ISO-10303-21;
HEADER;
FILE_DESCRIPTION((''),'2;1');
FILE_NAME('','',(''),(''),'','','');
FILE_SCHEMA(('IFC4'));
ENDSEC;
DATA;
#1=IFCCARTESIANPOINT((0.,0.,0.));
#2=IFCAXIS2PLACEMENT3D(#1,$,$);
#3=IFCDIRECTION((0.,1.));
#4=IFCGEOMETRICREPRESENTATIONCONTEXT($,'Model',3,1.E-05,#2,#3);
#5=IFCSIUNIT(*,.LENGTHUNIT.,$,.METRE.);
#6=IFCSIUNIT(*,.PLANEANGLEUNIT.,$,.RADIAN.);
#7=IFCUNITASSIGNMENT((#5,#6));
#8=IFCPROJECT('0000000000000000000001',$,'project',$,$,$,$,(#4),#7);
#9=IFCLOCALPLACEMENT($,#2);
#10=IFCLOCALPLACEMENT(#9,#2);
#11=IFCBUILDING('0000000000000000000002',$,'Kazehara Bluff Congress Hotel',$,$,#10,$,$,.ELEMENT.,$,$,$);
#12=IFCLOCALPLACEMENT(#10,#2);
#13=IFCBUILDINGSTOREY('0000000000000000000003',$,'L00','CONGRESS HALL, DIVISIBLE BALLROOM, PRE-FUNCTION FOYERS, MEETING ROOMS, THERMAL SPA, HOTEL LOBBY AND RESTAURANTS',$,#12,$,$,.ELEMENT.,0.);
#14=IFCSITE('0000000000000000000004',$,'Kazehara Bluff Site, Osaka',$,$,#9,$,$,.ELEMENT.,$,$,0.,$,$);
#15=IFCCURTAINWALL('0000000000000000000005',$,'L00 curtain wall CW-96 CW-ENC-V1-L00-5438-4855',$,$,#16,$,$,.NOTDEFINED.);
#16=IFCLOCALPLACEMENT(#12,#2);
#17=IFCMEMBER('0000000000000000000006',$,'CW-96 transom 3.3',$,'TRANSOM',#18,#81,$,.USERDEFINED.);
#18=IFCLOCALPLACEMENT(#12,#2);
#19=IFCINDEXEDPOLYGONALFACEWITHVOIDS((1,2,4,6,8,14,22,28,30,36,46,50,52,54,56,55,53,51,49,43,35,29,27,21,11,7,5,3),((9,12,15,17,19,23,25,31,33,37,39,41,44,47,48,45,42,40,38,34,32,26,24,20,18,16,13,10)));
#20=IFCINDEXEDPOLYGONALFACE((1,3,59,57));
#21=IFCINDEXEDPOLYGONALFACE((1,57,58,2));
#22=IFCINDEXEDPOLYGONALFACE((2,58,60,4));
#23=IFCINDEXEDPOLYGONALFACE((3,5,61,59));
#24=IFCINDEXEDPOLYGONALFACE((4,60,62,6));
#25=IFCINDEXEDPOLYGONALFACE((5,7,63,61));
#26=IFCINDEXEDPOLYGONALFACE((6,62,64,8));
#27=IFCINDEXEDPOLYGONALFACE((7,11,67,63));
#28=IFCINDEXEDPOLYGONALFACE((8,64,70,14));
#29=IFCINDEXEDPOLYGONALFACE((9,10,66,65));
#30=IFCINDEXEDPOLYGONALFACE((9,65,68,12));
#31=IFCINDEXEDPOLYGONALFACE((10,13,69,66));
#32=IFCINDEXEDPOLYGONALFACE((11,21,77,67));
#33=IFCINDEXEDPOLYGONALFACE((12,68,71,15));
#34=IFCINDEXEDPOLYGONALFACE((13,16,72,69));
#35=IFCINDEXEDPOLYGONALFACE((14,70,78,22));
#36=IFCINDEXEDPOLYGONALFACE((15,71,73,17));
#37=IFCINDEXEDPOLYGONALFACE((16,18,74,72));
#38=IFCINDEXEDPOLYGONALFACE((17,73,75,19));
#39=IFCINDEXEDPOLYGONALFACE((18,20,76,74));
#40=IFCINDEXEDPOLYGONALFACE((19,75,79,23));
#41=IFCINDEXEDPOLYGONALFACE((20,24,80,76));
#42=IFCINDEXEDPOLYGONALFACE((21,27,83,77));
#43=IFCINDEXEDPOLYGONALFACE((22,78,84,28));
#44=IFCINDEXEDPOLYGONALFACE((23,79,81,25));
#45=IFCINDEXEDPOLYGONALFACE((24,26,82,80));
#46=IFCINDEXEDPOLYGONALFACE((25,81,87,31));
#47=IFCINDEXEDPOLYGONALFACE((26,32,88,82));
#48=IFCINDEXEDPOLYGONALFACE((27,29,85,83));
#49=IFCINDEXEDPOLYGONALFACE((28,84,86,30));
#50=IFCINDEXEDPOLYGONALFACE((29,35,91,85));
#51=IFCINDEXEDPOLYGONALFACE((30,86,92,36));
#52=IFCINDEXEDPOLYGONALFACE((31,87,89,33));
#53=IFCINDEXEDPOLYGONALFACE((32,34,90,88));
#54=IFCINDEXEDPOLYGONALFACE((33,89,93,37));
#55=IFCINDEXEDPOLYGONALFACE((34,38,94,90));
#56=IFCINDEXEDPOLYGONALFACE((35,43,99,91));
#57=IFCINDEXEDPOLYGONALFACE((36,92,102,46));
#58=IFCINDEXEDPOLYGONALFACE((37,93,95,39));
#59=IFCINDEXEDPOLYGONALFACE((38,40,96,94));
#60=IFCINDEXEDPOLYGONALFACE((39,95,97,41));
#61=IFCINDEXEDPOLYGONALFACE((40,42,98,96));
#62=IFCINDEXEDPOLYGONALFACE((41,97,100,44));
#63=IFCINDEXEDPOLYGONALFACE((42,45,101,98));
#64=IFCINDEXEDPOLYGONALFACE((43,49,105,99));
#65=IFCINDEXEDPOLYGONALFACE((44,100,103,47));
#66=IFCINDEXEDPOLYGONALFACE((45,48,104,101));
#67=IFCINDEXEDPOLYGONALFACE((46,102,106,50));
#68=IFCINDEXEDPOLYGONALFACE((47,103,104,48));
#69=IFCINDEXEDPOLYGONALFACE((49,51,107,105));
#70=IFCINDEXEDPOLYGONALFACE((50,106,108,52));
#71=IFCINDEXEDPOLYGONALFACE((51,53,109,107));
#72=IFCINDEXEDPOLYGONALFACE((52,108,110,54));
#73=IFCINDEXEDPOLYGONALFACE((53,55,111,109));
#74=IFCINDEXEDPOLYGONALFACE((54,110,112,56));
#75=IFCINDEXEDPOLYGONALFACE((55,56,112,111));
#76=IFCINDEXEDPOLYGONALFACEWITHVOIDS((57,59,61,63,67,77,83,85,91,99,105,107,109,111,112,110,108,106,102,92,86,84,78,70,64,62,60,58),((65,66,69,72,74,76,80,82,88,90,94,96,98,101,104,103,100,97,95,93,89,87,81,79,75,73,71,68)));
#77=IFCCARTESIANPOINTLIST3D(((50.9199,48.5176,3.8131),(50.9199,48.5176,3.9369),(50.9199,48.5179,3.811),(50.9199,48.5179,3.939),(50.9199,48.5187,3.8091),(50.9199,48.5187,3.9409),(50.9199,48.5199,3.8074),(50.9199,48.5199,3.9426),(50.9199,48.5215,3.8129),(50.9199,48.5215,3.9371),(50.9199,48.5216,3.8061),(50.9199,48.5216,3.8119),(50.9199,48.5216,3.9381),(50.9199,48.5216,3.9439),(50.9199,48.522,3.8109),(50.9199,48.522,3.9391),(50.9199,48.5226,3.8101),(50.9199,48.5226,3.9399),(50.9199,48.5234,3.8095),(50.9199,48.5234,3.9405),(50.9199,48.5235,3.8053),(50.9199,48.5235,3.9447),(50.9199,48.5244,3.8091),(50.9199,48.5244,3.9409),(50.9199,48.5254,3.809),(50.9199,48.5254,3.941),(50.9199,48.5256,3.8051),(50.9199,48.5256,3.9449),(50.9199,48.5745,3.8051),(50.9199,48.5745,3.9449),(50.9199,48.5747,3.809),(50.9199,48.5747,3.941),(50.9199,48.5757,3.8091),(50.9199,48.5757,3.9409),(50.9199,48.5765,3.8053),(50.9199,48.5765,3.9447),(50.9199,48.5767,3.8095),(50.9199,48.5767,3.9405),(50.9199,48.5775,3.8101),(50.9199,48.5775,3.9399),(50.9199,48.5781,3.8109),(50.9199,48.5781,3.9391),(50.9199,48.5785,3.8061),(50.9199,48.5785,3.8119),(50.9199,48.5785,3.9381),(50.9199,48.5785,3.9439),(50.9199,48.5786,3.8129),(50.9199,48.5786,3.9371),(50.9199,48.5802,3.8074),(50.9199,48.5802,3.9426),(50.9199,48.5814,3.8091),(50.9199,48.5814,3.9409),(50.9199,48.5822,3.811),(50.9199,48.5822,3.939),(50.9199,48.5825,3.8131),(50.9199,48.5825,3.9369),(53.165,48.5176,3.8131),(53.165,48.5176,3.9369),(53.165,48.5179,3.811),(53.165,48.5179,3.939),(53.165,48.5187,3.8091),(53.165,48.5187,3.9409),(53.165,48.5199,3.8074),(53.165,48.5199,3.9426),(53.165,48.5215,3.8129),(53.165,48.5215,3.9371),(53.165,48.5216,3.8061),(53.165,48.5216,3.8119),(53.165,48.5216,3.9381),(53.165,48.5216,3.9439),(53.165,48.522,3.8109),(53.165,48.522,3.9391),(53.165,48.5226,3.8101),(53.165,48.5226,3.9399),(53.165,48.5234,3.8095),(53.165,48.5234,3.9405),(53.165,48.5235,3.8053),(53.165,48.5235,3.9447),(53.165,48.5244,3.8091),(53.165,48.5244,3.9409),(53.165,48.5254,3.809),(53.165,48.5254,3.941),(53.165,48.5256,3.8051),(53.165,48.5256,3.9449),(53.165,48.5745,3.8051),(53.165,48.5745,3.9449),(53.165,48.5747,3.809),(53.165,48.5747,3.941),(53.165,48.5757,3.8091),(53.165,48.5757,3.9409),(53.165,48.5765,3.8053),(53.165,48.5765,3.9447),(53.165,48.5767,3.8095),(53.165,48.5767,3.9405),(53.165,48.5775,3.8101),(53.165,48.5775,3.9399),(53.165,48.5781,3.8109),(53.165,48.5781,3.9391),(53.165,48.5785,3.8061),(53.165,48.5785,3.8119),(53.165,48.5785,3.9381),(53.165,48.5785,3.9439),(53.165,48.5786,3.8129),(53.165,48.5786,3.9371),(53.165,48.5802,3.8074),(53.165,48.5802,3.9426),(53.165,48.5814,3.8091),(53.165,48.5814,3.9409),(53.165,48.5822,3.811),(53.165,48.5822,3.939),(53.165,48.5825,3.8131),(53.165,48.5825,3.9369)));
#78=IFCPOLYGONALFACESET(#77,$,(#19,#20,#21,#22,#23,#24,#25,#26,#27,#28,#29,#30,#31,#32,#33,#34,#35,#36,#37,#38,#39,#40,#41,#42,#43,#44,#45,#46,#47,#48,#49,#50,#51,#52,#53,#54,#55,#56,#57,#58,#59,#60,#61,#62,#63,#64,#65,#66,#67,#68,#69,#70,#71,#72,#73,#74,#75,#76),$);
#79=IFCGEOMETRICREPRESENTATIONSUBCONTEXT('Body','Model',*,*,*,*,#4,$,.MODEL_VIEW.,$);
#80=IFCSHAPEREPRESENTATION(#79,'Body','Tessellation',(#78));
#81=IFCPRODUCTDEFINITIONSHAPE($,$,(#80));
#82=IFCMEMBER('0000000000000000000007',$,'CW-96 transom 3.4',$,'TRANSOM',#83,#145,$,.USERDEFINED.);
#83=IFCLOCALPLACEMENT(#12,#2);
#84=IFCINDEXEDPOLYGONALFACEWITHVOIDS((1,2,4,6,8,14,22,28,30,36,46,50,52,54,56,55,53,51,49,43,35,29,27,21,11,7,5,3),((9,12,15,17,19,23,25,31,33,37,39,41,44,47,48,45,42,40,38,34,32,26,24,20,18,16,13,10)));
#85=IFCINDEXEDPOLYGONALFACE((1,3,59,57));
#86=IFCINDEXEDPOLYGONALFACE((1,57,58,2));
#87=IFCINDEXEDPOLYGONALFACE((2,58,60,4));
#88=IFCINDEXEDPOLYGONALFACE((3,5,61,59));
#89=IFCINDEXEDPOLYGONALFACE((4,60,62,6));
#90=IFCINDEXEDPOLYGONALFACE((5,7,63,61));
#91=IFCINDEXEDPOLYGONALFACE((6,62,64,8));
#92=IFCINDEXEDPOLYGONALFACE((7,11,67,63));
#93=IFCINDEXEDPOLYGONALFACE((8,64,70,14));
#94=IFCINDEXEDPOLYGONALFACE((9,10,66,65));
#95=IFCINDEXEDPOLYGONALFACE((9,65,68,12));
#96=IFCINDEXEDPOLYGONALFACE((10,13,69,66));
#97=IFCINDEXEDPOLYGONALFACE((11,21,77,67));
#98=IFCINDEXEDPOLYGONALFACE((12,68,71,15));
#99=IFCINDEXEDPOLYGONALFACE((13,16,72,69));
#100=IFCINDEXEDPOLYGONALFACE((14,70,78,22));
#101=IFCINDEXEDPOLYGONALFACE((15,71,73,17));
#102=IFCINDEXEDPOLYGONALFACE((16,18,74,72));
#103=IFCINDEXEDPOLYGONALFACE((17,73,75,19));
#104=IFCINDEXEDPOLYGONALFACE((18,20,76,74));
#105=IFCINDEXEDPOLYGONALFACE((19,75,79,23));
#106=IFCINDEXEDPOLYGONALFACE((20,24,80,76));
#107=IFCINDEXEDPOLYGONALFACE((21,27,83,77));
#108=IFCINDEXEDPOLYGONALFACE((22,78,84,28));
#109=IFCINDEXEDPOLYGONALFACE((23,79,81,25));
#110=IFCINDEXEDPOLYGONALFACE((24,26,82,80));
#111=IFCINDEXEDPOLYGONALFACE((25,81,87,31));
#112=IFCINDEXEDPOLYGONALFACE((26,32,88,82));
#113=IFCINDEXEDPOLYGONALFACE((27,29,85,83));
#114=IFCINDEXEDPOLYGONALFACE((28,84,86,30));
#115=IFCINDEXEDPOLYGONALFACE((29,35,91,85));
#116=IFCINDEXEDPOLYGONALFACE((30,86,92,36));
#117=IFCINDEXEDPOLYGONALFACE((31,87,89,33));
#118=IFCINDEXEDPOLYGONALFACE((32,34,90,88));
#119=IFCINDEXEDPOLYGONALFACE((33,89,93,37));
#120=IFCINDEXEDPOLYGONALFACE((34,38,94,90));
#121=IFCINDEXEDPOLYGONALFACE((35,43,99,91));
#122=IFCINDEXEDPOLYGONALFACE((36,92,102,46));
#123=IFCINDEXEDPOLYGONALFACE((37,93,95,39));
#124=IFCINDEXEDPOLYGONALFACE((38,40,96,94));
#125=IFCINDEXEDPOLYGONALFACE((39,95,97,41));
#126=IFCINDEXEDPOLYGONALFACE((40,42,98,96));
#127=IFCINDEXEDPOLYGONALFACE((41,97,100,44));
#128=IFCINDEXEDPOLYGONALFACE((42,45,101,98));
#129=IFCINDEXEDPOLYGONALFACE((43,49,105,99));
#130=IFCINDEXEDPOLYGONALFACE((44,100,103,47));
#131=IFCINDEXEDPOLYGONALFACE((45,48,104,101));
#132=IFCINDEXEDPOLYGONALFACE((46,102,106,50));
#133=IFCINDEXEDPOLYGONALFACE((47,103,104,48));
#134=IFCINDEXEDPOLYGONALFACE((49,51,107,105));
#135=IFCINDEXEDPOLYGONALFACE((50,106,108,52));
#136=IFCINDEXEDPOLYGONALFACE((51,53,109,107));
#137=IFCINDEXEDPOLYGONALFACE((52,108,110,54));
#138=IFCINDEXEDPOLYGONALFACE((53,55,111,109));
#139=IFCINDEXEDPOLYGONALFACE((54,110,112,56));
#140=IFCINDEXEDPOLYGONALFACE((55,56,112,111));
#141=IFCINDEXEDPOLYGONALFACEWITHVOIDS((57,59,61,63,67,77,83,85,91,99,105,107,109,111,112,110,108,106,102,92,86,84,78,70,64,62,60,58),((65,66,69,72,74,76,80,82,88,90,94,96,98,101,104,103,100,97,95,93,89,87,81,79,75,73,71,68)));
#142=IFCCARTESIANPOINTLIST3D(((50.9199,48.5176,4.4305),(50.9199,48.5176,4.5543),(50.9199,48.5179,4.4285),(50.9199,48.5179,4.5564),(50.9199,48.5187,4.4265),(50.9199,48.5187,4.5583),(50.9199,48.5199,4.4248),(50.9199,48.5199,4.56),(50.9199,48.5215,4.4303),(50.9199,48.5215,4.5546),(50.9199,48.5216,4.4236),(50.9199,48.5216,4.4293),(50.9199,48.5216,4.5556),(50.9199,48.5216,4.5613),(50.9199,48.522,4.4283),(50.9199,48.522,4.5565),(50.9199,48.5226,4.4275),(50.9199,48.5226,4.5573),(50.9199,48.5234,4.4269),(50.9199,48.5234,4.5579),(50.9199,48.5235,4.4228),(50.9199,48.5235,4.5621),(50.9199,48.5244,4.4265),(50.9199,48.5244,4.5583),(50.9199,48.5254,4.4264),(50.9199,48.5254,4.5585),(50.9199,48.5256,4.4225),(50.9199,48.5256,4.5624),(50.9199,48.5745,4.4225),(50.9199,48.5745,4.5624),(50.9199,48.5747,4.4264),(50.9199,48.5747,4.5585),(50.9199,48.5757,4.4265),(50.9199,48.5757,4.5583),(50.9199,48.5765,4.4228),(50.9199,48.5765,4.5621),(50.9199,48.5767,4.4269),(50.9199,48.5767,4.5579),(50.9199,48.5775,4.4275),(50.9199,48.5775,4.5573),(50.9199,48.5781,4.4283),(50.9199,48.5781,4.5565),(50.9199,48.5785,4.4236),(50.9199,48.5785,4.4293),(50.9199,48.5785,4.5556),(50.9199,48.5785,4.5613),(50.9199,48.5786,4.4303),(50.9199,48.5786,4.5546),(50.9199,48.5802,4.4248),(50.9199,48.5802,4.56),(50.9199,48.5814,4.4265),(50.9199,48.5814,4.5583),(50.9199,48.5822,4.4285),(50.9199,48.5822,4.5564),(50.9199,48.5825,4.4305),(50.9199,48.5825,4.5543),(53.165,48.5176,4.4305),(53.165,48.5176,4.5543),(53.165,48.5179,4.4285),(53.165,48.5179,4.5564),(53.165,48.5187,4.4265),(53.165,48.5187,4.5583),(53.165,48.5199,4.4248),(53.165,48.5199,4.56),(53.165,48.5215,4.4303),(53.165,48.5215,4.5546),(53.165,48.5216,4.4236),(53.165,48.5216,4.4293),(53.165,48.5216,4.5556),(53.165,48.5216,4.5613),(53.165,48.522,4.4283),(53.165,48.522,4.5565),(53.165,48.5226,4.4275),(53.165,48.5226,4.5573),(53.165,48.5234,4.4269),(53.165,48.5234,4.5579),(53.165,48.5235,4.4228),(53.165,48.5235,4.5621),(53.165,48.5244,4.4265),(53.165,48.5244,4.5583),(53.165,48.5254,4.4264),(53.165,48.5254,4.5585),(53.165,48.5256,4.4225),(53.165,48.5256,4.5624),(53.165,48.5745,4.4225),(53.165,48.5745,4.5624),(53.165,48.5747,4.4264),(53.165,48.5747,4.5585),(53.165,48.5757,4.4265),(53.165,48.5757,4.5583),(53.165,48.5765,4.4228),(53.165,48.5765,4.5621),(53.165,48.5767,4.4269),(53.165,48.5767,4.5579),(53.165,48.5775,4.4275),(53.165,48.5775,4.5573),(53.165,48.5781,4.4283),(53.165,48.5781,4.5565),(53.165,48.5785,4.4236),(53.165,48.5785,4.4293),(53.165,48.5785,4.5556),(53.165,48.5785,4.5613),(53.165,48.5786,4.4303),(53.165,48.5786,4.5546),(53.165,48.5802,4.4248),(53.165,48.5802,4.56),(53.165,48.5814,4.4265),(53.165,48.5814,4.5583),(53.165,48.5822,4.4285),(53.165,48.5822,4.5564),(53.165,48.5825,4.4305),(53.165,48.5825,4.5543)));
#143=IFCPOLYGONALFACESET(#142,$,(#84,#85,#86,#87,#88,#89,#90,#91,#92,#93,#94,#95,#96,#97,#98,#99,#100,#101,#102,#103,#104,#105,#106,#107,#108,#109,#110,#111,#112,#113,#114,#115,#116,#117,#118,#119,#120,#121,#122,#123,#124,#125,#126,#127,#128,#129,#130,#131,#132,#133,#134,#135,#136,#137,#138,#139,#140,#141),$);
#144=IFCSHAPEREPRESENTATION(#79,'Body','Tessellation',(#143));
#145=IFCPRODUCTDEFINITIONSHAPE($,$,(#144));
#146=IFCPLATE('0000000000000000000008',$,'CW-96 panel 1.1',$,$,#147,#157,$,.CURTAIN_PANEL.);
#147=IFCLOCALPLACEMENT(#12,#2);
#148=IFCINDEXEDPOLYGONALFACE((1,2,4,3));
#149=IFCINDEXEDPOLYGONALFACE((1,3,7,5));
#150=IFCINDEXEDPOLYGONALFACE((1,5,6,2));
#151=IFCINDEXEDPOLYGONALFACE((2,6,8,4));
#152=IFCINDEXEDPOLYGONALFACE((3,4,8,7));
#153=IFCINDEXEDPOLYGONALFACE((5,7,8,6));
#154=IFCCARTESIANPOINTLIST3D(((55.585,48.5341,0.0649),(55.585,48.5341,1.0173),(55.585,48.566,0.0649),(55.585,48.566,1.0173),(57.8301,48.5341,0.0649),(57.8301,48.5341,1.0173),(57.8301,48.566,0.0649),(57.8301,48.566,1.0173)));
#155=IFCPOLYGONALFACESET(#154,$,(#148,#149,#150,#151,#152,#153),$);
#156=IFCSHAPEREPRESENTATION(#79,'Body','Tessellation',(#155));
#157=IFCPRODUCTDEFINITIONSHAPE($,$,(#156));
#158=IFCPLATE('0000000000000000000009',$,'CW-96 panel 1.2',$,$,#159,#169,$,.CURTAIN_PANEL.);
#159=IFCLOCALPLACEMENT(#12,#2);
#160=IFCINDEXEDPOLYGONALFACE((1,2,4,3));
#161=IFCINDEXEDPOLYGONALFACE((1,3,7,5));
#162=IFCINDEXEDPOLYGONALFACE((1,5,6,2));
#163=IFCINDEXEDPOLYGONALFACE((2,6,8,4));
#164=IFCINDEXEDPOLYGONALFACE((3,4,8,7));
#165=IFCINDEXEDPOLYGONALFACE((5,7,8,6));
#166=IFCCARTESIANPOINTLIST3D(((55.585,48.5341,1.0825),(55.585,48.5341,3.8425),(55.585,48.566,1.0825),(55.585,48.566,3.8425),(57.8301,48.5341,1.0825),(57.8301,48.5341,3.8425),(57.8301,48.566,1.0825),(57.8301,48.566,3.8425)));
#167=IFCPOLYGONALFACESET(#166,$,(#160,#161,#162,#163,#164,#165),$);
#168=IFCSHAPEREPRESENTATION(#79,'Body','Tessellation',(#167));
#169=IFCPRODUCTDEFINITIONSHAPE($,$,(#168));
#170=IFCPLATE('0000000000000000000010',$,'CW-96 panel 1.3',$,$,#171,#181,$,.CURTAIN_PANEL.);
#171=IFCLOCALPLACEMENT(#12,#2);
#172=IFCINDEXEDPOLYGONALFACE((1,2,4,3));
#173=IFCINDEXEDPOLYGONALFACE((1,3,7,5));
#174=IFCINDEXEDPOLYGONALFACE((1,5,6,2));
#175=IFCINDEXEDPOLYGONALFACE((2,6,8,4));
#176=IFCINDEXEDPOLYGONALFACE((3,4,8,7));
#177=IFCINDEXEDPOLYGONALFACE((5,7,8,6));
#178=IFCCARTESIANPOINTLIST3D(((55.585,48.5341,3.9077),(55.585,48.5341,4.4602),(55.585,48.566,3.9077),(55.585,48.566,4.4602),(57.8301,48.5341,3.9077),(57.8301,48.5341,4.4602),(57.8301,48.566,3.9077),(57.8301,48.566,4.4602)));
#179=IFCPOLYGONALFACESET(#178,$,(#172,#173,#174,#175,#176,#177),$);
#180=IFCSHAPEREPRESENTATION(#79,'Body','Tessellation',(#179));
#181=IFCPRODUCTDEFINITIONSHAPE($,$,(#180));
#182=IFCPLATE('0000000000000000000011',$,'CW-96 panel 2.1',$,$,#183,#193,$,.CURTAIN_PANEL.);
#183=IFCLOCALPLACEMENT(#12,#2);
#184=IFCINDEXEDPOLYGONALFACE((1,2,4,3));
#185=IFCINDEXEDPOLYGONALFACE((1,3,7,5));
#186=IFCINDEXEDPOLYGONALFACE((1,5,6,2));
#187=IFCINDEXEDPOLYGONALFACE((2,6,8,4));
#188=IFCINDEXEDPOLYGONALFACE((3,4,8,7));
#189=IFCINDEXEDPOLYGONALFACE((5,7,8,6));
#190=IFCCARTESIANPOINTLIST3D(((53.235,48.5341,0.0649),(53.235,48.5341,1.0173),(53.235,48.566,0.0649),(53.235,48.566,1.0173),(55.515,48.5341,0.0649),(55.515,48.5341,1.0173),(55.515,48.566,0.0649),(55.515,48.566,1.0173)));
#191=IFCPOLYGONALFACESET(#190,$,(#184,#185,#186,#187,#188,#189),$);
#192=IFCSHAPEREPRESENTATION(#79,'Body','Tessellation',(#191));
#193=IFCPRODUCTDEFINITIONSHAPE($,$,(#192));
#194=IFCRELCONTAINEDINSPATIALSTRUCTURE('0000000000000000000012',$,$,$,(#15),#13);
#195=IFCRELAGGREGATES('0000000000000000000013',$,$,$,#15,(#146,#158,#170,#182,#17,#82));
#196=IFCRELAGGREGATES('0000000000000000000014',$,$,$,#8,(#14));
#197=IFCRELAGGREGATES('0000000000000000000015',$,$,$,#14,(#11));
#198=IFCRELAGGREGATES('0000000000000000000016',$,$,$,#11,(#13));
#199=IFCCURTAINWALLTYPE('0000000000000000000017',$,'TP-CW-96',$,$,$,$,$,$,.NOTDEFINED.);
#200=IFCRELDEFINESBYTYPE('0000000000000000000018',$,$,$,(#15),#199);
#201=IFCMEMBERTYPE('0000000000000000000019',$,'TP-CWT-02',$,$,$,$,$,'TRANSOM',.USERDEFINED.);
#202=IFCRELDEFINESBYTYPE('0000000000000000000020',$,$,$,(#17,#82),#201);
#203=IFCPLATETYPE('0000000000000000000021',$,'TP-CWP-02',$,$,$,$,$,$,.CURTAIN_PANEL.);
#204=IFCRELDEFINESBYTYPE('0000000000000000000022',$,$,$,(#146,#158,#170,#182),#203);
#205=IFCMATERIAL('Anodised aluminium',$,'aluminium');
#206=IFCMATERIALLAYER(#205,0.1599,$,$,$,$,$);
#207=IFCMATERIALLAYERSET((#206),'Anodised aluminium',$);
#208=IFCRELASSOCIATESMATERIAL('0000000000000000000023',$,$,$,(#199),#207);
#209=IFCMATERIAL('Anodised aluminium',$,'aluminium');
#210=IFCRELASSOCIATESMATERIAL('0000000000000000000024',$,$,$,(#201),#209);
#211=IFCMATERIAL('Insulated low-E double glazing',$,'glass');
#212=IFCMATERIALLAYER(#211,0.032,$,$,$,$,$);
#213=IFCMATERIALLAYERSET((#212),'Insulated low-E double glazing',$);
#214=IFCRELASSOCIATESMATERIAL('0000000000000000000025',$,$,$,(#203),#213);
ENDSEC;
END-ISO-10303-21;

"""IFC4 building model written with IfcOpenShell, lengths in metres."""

from ifc_helpers import new_model, si_unit, direction, frame, origin, origin_2d, place, context, subcontext, project, spatial, rectangle, hollow_rectangle, extrude, material, layer, layer_set, material_profile, profile_set, type_object, element, aggregate, save


model = new_model("IFC4")

# Units and contexts
model_context = context("Model", 3, precision=1e-05, world=origin(), true_north=direction((0.0, 1.0)))
body_context = subcontext(model_context, "Body", "Model", "MODEL_VIEW")
ifc_project = project(units=[si_unit("LENGTHUNIT", "METRE"), si_unit("PLANEANGLEUNIT", "RADIAN")], contexts=[model_context])

# Site, building, storey
site_placement = place(None, origin())
site = spatial("IfcSite", under=ifc_project, at=site_placement, Name="Kazehara Bluff Site, Osaka", CompositionType="ELEMENT", RefElevation=0.0)
building_placement = place(site_placement, origin())
building = spatial("IfcBuilding", under=site, at=building_placement, Name="Kazehara Bluff Congress Hotel", CompositionType="ELEMENT")
storey_placement = place(building_placement, origin())
storey = spatial("IfcBuildingStorey", under=building, at=storey_placement, Name="L00", Description="CONGRESS HALL, DIVISIBLE BALLROOM, PRE-FUNCTION FOYERS, MEETING ROOMS, THERMAL SPA, HOTEL LOBBY AND RESTAURANTS", CompositionType="ELEMENT", Elevation=0.0)

# Curtain wall, members, plates
ifc_material_1 = material(Name="Anodised aluminium", Category="aluminium")
ifc_layer_1 = layer(ifc_material_1, 0.1599)
ifc_layer_set_1 = layer_set([ifc_layer_1], Name="Anodised aluminium")
curtain_wall_type = type_object("IfcCurtainWallType", Name="TP-CW-96", PredefinedType="NOTDEFINED", material=ifc_layer_set_1)
curtain_wall_placement = place(storey_placement, origin())
curtain_wall = element("IfcCurtainWall", 1, at=curtain_wall_placement, inside=storey, type_object=curtain_wall_type, Name="L00 curtain wall CW-96 CW-ENC-V1-L00-5438-4855", PredefinedType="NOTDEFINED")
ifc_material_2 = material(Name="Anodised aluminium", Category="aluminium")
ifc_material_profile_1 = material_profile(ifc_material_2, hollow_rectangle(XDim=0.0649, YDim=0.1399, WallThickness=0.0039, InnerFilletRadius=0.0039, OuterFilletRadius=0.0081, at=origin_2d()))
ifc_profile_set_1 = profile_set([ifc_material_profile_1], Name="Anodised aluminium")
member_type_1 = type_object("IfcMemberType", Name="TP-CWT-02", ElementType="TRANSOM", PredefinedType="USERDEFINED", material=ifc_profile_set_1)
member_1_placement = place(storey_placement, frame((53.165, 48.55, 3.875), z_axis=(-1.0, 0.0, 0.0), x_axis=(0.0, -1.0, 0.0)))
member_1 = element("IfcMember", 2, at=member_1_placement, type_object=member_type_1, Name="CW-96 transom 3.3", ObjectType="TRANSOM", PredefinedType="USERDEFINED", context=body_context, shape_type="SweptSolid", body=[
    extrude(hollow_rectangle(XDim=0.0649, YDim=0.1399, WallThickness=0.0039, InnerFilletRadius=0.0039, OuterFilletRadius=0.0081, at=origin_2d()), origin(), (0.0, 0.0, 1.0), 2.2451),
])
member_2_placement = place(storey_placement, frame((53.165, 48.55, 4.4924), z_axis=(-1.0, 0.0, 0.0), x_axis=(0.0, -1.0, 0.0)))
member_2 = element("IfcMember", 3, at=member_2_placement, type_object=member_type_1, Name="CW-96 transom 3.4", ObjectType="TRANSOM", PredefinedType="USERDEFINED", context=body_context, shape_type="SweptSolid", body=[
    extrude(hollow_rectangle(XDim=0.0649, YDim=0.1399, WallThickness=0.0039, InnerFilletRadius=0.0039, OuterFilletRadius=0.0081, at=origin_2d()), origin(), (0.0, 0.0, 1.0), 2.2451),
])
ifc_material_3 = material(Name="Insulated low-E double glazing", Category="glass")
ifc_layer_2 = layer(ifc_material_3, 0.032)
ifc_layer_set_2 = layer_set([ifc_layer_2], Name="Insulated low-E double glazing")
plate_type = type_object("IfcPlateType", Name="TP-CWP-02", PredefinedType="CURTAIN_PANEL", material=ifc_layer_set_2)
plate_1_placement = place(storey_placement, frame((56.7075, 48.55, 0.0649), z_axis=(0.0, 0.0, 1.0), x_axis=(-1.0, 0.0, 0.0)))
plate_1 = element("IfcPlate", 4, at=plate_1_placement, type_object=plate_type, Name="CW-96 panel 1.1", PredefinedType="CURTAIN_PANEL", context=body_context, shape_type="SweptSolid", body=[
    extrude(rectangle(XDim=2.2451, YDim=0.032, at=origin_2d()), origin(), (0.0, 0.0, 1.0), 0.9524),
])
plate_2_placement = place(storey_placement, frame((56.7075, 48.55, 1.0825), z_axis=(0.0, 0.0, 1.0), x_axis=(-1.0, 0.0, 0.0)))
plate_2 = element("IfcPlate", 5, at=plate_2_placement, type_object=plate_type, Name="CW-96 panel 1.2", PredefinedType="CURTAIN_PANEL", context=body_context, shape_type="SweptSolid", body=[
    extrude(rectangle(XDim=2.2451, YDim=0.032, at=origin_2d()), origin(), (0.0, 0.0, 1.0), 2.76),
])
plate_3_placement = place(storey_placement, frame((56.7075, 48.55, 3.9077), z_axis=(0.0, 0.0, 1.0), x_axis=(-1.0, 0.0, 0.0)))
plate_3 = element("IfcPlate", 6, at=plate_3_placement, type_object=plate_type, Name="CW-96 panel 1.3", PredefinedType="CURTAIN_PANEL", context=body_context, shape_type="SweptSolid", body=[
    extrude(rectangle(XDim=2.2451, YDim=0.032, at=origin_2d()), origin(), (0.0, 0.0, 1.0), 0.5525),
])
plate_4_placement = place(storey_placement, frame((54.375, 48.55, 0.0649), z_axis=(0.0, 0.0, 1.0), x_axis=(-1.0, 0.0, 0.0)))
plate_4 = element("IfcPlate", 7, at=plate_4_placement, type_object=plate_type, Name="CW-96 panel 2.1", PredefinedType="CURTAIN_PANEL", context=body_context, shape_type="SweptSolid", body=[
    extrude(rectangle(XDim=2.28, YDim=0.032, at=origin_2d()), origin(), (0.0, 0.0, 1.0), 0.9524),
])
aggregate(curtain_wall, [plate_1, plate_2, plate_3, plate_4, member_1, member_2])

save(model, "model.ifc")
